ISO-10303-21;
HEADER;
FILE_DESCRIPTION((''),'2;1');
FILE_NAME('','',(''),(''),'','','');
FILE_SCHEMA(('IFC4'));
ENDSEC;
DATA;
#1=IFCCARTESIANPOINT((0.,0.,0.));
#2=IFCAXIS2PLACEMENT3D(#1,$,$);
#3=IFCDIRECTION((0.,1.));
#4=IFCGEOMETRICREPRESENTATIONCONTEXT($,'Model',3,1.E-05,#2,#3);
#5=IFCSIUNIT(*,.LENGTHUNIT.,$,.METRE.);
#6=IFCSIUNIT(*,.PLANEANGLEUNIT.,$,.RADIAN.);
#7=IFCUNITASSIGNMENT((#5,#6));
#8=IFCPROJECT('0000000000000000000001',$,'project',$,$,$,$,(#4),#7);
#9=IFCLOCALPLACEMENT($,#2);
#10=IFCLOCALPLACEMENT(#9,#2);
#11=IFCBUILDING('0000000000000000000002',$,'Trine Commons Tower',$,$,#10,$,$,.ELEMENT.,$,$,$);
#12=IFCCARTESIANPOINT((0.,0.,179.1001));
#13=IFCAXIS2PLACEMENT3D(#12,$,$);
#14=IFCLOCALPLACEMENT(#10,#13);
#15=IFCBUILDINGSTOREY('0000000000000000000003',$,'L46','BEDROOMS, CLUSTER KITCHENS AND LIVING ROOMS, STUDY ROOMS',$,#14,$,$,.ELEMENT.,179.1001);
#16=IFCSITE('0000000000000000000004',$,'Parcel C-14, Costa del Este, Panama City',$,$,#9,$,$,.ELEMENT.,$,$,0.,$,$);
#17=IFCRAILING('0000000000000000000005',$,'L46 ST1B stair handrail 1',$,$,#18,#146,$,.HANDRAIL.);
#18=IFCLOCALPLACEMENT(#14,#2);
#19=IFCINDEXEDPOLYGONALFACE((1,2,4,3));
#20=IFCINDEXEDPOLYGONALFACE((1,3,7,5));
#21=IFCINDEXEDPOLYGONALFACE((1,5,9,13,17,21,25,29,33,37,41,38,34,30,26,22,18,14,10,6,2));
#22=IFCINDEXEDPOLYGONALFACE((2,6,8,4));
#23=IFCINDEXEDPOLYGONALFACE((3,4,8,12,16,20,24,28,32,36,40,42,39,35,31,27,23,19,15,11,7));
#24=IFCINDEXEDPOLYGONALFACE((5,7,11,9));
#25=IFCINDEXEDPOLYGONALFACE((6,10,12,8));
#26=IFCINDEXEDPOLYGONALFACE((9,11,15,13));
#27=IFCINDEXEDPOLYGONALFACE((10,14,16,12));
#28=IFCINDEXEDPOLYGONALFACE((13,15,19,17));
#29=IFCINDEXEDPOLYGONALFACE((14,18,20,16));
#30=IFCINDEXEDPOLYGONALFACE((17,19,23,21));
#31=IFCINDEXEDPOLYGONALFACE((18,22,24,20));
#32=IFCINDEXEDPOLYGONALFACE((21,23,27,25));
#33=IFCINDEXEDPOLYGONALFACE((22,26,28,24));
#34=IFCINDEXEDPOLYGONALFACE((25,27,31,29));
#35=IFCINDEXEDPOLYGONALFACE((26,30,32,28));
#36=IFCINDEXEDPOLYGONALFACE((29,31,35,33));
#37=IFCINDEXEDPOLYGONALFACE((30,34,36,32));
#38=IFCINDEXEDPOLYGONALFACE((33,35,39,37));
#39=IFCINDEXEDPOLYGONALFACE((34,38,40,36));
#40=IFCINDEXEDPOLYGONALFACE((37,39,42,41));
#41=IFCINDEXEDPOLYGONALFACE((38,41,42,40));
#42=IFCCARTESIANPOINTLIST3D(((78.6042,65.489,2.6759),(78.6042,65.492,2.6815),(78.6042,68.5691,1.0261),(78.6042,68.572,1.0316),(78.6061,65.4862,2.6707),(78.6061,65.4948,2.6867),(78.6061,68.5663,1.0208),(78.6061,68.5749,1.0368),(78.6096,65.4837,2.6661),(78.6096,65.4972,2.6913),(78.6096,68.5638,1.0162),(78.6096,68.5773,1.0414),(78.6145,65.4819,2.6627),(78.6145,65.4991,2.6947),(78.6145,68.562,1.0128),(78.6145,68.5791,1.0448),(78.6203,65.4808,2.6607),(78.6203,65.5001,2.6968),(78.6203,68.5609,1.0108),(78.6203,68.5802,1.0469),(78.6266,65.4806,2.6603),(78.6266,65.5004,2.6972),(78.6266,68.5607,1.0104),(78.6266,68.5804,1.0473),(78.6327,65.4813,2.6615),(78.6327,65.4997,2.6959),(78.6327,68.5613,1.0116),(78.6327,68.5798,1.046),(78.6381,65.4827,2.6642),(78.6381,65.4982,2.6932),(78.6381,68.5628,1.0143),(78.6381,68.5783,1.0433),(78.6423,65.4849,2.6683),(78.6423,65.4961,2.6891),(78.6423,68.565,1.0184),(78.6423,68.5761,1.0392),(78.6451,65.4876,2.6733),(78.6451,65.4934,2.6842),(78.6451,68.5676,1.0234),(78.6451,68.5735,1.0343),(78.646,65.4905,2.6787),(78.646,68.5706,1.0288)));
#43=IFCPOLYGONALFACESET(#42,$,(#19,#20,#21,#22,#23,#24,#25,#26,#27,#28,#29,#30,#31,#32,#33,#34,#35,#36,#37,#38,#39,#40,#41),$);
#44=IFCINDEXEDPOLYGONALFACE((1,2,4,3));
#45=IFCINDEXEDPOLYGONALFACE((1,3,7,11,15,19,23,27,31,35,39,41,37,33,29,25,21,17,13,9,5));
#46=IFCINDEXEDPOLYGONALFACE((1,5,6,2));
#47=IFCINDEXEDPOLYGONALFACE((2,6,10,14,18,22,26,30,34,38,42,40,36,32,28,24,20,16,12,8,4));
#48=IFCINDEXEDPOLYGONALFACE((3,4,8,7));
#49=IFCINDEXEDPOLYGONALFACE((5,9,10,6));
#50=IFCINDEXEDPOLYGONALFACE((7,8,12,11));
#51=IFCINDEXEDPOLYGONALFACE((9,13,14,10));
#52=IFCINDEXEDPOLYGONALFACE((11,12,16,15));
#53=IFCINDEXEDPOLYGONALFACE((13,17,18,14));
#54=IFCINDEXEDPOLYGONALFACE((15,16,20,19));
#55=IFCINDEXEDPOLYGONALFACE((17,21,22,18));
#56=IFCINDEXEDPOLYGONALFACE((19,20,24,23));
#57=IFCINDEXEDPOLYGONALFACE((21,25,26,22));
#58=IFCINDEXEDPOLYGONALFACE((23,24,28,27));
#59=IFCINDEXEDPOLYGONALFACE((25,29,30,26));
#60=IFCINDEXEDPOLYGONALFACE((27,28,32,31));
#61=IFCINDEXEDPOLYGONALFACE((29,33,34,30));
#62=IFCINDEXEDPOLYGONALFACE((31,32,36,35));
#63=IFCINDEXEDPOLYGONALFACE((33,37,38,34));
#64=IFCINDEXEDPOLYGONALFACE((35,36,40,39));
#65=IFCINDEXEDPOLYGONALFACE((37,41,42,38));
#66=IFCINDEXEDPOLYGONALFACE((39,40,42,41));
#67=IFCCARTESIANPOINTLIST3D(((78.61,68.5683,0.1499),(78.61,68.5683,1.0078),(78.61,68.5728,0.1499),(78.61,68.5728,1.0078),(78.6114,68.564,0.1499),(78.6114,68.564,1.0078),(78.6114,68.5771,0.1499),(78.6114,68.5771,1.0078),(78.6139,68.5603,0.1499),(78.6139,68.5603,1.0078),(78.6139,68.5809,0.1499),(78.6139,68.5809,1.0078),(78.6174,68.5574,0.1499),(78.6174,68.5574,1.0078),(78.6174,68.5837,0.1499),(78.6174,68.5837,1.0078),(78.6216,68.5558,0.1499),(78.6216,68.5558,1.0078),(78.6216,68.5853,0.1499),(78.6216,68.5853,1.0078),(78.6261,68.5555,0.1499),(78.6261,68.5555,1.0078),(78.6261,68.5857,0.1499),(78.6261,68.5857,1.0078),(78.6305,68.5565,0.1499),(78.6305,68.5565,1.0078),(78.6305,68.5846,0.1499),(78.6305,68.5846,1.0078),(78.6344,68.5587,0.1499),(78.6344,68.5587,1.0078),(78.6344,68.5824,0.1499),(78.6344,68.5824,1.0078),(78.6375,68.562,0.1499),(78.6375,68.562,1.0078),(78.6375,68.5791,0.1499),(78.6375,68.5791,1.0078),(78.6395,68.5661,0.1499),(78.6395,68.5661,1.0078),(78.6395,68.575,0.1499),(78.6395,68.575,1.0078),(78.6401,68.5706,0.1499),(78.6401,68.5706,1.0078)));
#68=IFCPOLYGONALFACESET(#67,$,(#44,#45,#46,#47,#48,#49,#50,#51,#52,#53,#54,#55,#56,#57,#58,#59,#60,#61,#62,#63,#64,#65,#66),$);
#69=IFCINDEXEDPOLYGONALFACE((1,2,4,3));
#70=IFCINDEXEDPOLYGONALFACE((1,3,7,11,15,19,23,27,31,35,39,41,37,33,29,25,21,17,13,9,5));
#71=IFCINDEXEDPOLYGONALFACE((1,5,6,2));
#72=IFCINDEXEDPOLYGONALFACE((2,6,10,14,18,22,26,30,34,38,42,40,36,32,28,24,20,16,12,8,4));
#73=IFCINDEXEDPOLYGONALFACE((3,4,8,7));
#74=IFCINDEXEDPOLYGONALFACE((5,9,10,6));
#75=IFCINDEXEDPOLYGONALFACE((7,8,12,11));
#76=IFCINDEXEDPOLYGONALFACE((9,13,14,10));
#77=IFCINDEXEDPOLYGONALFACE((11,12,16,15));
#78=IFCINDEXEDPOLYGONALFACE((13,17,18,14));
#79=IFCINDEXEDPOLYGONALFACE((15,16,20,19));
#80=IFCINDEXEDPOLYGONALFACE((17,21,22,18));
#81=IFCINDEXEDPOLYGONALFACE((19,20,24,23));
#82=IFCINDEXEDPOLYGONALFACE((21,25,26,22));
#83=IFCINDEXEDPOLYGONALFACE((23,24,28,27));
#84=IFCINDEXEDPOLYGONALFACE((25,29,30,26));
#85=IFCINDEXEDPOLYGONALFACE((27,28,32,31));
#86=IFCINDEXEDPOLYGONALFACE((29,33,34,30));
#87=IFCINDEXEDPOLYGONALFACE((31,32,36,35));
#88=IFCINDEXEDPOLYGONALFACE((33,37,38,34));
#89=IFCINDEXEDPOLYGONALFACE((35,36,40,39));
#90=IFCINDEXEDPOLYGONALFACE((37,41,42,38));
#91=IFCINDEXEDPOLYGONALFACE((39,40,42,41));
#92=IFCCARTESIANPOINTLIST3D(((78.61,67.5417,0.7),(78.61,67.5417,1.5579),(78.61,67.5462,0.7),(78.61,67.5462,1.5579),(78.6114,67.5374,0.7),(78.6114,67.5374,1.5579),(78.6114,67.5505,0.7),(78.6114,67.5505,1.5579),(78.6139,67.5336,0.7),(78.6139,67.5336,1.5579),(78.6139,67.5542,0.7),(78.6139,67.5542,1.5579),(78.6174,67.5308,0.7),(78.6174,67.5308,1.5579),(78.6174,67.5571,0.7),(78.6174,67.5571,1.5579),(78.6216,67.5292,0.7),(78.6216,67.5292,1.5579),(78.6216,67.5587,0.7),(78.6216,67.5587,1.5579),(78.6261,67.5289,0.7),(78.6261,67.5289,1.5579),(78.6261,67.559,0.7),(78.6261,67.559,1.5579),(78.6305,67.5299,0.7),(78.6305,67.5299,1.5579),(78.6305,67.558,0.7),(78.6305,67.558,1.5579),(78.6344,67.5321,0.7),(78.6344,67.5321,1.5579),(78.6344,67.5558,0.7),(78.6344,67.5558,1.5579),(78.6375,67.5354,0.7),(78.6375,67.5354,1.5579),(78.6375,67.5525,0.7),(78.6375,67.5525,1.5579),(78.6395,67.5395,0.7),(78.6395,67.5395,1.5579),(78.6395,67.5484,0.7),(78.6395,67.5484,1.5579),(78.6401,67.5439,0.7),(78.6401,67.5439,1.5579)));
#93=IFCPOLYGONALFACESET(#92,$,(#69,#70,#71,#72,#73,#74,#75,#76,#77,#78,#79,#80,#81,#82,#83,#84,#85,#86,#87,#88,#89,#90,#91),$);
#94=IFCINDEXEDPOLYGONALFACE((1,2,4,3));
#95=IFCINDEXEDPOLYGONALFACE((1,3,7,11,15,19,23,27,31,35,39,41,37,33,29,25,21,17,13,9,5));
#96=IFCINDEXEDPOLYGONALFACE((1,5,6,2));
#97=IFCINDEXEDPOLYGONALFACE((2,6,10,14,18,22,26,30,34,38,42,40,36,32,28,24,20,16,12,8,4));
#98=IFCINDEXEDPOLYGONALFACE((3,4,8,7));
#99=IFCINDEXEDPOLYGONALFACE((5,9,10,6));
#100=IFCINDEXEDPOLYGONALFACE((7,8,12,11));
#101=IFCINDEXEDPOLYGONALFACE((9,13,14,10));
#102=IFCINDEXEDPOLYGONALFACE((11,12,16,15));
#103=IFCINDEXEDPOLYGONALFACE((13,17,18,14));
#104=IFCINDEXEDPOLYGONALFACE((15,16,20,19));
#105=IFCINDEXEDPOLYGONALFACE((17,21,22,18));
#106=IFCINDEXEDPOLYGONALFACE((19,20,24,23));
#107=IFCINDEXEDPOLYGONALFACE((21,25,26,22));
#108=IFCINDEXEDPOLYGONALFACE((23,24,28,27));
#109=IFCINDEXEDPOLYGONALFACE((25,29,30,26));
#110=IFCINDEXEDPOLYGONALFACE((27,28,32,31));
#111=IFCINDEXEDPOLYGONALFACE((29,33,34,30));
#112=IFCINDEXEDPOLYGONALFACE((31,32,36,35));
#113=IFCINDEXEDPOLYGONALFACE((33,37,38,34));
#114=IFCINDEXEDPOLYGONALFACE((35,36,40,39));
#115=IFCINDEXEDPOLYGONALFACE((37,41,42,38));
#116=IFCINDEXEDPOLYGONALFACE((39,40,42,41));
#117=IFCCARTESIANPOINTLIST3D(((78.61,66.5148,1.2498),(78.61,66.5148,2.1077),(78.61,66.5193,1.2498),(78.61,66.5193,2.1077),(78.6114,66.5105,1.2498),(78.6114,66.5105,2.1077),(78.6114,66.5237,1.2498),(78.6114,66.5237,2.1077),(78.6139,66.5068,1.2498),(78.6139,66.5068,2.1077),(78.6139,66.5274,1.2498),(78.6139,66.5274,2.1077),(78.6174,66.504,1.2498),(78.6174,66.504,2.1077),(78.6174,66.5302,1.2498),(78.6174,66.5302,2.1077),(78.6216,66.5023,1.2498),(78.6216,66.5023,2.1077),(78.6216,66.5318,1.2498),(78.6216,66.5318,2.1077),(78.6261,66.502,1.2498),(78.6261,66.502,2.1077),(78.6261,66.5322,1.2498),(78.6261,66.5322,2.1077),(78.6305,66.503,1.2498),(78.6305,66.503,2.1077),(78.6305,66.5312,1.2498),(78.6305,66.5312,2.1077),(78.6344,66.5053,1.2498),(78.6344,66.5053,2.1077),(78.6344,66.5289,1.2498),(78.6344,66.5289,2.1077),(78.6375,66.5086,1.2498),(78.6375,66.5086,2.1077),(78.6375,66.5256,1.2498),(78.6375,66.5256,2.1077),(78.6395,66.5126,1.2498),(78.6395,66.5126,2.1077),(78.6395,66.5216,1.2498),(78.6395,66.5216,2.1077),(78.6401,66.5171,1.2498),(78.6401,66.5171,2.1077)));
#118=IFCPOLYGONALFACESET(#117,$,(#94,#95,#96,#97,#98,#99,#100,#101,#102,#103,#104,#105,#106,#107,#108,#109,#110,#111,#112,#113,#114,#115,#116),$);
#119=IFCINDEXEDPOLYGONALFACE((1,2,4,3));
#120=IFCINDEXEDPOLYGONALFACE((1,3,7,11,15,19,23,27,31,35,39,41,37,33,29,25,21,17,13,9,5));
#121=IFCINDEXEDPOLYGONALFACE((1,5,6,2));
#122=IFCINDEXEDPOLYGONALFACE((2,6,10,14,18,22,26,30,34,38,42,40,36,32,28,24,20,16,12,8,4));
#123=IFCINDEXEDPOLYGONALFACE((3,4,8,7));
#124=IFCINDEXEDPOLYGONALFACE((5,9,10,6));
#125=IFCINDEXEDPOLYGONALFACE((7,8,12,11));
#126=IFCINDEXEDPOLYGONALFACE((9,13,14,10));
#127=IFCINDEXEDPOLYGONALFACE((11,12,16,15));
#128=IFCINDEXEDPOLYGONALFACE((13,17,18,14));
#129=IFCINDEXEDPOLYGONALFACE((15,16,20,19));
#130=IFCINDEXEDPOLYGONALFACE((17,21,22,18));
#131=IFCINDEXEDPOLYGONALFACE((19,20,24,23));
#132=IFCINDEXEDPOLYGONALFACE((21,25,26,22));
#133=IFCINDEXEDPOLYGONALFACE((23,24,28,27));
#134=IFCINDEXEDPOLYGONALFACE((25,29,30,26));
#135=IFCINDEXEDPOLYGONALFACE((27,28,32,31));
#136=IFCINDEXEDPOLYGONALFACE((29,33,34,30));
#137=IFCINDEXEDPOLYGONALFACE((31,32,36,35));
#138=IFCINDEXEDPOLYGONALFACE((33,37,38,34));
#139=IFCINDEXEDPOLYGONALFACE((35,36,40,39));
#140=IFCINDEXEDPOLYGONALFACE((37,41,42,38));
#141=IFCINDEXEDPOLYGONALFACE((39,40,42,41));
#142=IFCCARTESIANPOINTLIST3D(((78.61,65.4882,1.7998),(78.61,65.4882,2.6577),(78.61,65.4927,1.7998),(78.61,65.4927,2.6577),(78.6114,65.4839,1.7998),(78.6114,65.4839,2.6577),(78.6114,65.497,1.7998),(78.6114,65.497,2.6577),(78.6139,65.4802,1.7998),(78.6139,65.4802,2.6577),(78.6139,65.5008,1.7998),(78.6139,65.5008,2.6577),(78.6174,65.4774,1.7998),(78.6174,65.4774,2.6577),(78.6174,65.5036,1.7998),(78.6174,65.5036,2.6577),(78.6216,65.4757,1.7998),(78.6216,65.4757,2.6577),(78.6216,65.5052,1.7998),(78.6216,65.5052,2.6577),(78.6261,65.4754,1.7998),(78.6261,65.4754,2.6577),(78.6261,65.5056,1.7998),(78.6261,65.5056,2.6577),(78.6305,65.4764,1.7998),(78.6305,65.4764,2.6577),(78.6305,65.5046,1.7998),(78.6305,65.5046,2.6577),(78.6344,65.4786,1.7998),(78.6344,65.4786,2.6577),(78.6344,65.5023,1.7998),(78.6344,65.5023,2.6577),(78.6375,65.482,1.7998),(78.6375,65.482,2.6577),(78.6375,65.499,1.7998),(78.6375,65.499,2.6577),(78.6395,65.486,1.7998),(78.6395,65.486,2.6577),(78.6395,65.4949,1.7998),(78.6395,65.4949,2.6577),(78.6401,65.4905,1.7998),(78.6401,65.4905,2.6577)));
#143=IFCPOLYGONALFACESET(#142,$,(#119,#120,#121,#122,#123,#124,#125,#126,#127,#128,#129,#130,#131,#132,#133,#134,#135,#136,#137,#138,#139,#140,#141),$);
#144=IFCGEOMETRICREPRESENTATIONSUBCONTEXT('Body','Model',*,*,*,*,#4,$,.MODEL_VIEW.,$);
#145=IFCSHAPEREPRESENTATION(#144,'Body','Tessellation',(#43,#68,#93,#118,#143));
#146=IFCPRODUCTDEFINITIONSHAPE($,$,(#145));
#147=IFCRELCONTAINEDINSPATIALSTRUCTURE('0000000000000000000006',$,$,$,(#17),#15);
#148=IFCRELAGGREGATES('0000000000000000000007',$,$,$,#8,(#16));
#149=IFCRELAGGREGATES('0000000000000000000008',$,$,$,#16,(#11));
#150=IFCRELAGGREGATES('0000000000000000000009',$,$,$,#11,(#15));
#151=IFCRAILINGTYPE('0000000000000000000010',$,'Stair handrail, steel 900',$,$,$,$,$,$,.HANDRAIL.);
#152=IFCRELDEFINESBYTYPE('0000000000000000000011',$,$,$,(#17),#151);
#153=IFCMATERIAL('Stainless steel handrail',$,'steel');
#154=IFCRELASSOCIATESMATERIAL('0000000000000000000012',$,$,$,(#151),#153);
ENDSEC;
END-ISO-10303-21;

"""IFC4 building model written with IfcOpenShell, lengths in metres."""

from ifc_helpers import new_model, si_unit, direction, frame, origin, origin_2d, place, context, subcontext, project, spatial, circle, extrude, material, type_object, element, save


model = new_model("IFC4")

# Units and contexts
model_context = context("Model", 3, precision=1e-05, world=origin(), true_north=direction((0.0, 1.0)))
body_context = subcontext(model_context, "Body", "Model", "MODEL_VIEW")
ifc_project = project(units=[si_unit("LENGTHUNIT", "METRE"), si_unit("PLANEANGLEUNIT", "RADIAN")], contexts=[model_context])

# Site, building, storey
site_placement = place(None, origin())
site = spatial("IfcSite", under=ifc_project, at=site_placement, Name="Parcel C-14, Costa del Este, Panama City", CompositionType="ELEMENT", RefElevation=0.0)
building_placement = place(site_placement, origin())
building = spatial("IfcBuilding", under=site, at=building_placement, Name="Trine Commons Tower", CompositionType="ELEMENT")
storey_placement = place(building_placement, frame((0.0, 0.0, 179.1001)))
storey = spatial("IfcBuildingStorey", under=building, at=storey_placement, Name="L46", Description="BEDROOMS, CLUSTER KITCHENS AND LIVING ROOMS, STUDY ROOMS", CompositionType="ELEMENT", Elevation=179.1001)

# Railing
ifc_material_1 = material(Name="Stainless steel handrail", Category="steel")
railing_type = type_object("IfcRailingType", Name="Stair handrail, steel 900", PredefinedType="HANDRAIL", material=ifc_material_1)
railing_placement = place(storey_placement, frame((78.625, 68.5706, 0.1499)))
element("IfcRailing", 1, at=railing_placement, inside=storey, type_object=railing_type, Name="L46 ST1B stair handrail 1", PredefinedType="HANDRAIL", context=body_context, shape_type="SweptSolid", body=[
    extrude(circle(Radius=0.021, at=origin_2d()), frame((0.0, 0.0, 0.8789), z_axis=(0.0, -0.881497, 0.47219), x_axis=(1.0, 0.0, 0.0)), (0.0, 0.0, 1.0), 3.4941),
    extrude(circle(Radius=0.0151, at=origin_2d()), origin(), (0.0, 0.0, 1.0), 0.8579),
    extrude(circle(Radius=0.0151, at=origin_2d()), frame((0.0, -1.0266, 0.55)), (0.0, 0.0, 1.0), 0.8579),
    extrude(circle(Radius=0.0151, at=origin_2d()), frame((0.0, -2.0535, 1.0999)), (0.0, 0.0, 1.0), 0.8579),
    extrude(circle(Radius=0.0151, at=origin_2d()), frame((0.0, -3.0801, 1.6499)), (0.0, 0.0, 1.0), 0.8579),
])

save(model, "model.ifc")
